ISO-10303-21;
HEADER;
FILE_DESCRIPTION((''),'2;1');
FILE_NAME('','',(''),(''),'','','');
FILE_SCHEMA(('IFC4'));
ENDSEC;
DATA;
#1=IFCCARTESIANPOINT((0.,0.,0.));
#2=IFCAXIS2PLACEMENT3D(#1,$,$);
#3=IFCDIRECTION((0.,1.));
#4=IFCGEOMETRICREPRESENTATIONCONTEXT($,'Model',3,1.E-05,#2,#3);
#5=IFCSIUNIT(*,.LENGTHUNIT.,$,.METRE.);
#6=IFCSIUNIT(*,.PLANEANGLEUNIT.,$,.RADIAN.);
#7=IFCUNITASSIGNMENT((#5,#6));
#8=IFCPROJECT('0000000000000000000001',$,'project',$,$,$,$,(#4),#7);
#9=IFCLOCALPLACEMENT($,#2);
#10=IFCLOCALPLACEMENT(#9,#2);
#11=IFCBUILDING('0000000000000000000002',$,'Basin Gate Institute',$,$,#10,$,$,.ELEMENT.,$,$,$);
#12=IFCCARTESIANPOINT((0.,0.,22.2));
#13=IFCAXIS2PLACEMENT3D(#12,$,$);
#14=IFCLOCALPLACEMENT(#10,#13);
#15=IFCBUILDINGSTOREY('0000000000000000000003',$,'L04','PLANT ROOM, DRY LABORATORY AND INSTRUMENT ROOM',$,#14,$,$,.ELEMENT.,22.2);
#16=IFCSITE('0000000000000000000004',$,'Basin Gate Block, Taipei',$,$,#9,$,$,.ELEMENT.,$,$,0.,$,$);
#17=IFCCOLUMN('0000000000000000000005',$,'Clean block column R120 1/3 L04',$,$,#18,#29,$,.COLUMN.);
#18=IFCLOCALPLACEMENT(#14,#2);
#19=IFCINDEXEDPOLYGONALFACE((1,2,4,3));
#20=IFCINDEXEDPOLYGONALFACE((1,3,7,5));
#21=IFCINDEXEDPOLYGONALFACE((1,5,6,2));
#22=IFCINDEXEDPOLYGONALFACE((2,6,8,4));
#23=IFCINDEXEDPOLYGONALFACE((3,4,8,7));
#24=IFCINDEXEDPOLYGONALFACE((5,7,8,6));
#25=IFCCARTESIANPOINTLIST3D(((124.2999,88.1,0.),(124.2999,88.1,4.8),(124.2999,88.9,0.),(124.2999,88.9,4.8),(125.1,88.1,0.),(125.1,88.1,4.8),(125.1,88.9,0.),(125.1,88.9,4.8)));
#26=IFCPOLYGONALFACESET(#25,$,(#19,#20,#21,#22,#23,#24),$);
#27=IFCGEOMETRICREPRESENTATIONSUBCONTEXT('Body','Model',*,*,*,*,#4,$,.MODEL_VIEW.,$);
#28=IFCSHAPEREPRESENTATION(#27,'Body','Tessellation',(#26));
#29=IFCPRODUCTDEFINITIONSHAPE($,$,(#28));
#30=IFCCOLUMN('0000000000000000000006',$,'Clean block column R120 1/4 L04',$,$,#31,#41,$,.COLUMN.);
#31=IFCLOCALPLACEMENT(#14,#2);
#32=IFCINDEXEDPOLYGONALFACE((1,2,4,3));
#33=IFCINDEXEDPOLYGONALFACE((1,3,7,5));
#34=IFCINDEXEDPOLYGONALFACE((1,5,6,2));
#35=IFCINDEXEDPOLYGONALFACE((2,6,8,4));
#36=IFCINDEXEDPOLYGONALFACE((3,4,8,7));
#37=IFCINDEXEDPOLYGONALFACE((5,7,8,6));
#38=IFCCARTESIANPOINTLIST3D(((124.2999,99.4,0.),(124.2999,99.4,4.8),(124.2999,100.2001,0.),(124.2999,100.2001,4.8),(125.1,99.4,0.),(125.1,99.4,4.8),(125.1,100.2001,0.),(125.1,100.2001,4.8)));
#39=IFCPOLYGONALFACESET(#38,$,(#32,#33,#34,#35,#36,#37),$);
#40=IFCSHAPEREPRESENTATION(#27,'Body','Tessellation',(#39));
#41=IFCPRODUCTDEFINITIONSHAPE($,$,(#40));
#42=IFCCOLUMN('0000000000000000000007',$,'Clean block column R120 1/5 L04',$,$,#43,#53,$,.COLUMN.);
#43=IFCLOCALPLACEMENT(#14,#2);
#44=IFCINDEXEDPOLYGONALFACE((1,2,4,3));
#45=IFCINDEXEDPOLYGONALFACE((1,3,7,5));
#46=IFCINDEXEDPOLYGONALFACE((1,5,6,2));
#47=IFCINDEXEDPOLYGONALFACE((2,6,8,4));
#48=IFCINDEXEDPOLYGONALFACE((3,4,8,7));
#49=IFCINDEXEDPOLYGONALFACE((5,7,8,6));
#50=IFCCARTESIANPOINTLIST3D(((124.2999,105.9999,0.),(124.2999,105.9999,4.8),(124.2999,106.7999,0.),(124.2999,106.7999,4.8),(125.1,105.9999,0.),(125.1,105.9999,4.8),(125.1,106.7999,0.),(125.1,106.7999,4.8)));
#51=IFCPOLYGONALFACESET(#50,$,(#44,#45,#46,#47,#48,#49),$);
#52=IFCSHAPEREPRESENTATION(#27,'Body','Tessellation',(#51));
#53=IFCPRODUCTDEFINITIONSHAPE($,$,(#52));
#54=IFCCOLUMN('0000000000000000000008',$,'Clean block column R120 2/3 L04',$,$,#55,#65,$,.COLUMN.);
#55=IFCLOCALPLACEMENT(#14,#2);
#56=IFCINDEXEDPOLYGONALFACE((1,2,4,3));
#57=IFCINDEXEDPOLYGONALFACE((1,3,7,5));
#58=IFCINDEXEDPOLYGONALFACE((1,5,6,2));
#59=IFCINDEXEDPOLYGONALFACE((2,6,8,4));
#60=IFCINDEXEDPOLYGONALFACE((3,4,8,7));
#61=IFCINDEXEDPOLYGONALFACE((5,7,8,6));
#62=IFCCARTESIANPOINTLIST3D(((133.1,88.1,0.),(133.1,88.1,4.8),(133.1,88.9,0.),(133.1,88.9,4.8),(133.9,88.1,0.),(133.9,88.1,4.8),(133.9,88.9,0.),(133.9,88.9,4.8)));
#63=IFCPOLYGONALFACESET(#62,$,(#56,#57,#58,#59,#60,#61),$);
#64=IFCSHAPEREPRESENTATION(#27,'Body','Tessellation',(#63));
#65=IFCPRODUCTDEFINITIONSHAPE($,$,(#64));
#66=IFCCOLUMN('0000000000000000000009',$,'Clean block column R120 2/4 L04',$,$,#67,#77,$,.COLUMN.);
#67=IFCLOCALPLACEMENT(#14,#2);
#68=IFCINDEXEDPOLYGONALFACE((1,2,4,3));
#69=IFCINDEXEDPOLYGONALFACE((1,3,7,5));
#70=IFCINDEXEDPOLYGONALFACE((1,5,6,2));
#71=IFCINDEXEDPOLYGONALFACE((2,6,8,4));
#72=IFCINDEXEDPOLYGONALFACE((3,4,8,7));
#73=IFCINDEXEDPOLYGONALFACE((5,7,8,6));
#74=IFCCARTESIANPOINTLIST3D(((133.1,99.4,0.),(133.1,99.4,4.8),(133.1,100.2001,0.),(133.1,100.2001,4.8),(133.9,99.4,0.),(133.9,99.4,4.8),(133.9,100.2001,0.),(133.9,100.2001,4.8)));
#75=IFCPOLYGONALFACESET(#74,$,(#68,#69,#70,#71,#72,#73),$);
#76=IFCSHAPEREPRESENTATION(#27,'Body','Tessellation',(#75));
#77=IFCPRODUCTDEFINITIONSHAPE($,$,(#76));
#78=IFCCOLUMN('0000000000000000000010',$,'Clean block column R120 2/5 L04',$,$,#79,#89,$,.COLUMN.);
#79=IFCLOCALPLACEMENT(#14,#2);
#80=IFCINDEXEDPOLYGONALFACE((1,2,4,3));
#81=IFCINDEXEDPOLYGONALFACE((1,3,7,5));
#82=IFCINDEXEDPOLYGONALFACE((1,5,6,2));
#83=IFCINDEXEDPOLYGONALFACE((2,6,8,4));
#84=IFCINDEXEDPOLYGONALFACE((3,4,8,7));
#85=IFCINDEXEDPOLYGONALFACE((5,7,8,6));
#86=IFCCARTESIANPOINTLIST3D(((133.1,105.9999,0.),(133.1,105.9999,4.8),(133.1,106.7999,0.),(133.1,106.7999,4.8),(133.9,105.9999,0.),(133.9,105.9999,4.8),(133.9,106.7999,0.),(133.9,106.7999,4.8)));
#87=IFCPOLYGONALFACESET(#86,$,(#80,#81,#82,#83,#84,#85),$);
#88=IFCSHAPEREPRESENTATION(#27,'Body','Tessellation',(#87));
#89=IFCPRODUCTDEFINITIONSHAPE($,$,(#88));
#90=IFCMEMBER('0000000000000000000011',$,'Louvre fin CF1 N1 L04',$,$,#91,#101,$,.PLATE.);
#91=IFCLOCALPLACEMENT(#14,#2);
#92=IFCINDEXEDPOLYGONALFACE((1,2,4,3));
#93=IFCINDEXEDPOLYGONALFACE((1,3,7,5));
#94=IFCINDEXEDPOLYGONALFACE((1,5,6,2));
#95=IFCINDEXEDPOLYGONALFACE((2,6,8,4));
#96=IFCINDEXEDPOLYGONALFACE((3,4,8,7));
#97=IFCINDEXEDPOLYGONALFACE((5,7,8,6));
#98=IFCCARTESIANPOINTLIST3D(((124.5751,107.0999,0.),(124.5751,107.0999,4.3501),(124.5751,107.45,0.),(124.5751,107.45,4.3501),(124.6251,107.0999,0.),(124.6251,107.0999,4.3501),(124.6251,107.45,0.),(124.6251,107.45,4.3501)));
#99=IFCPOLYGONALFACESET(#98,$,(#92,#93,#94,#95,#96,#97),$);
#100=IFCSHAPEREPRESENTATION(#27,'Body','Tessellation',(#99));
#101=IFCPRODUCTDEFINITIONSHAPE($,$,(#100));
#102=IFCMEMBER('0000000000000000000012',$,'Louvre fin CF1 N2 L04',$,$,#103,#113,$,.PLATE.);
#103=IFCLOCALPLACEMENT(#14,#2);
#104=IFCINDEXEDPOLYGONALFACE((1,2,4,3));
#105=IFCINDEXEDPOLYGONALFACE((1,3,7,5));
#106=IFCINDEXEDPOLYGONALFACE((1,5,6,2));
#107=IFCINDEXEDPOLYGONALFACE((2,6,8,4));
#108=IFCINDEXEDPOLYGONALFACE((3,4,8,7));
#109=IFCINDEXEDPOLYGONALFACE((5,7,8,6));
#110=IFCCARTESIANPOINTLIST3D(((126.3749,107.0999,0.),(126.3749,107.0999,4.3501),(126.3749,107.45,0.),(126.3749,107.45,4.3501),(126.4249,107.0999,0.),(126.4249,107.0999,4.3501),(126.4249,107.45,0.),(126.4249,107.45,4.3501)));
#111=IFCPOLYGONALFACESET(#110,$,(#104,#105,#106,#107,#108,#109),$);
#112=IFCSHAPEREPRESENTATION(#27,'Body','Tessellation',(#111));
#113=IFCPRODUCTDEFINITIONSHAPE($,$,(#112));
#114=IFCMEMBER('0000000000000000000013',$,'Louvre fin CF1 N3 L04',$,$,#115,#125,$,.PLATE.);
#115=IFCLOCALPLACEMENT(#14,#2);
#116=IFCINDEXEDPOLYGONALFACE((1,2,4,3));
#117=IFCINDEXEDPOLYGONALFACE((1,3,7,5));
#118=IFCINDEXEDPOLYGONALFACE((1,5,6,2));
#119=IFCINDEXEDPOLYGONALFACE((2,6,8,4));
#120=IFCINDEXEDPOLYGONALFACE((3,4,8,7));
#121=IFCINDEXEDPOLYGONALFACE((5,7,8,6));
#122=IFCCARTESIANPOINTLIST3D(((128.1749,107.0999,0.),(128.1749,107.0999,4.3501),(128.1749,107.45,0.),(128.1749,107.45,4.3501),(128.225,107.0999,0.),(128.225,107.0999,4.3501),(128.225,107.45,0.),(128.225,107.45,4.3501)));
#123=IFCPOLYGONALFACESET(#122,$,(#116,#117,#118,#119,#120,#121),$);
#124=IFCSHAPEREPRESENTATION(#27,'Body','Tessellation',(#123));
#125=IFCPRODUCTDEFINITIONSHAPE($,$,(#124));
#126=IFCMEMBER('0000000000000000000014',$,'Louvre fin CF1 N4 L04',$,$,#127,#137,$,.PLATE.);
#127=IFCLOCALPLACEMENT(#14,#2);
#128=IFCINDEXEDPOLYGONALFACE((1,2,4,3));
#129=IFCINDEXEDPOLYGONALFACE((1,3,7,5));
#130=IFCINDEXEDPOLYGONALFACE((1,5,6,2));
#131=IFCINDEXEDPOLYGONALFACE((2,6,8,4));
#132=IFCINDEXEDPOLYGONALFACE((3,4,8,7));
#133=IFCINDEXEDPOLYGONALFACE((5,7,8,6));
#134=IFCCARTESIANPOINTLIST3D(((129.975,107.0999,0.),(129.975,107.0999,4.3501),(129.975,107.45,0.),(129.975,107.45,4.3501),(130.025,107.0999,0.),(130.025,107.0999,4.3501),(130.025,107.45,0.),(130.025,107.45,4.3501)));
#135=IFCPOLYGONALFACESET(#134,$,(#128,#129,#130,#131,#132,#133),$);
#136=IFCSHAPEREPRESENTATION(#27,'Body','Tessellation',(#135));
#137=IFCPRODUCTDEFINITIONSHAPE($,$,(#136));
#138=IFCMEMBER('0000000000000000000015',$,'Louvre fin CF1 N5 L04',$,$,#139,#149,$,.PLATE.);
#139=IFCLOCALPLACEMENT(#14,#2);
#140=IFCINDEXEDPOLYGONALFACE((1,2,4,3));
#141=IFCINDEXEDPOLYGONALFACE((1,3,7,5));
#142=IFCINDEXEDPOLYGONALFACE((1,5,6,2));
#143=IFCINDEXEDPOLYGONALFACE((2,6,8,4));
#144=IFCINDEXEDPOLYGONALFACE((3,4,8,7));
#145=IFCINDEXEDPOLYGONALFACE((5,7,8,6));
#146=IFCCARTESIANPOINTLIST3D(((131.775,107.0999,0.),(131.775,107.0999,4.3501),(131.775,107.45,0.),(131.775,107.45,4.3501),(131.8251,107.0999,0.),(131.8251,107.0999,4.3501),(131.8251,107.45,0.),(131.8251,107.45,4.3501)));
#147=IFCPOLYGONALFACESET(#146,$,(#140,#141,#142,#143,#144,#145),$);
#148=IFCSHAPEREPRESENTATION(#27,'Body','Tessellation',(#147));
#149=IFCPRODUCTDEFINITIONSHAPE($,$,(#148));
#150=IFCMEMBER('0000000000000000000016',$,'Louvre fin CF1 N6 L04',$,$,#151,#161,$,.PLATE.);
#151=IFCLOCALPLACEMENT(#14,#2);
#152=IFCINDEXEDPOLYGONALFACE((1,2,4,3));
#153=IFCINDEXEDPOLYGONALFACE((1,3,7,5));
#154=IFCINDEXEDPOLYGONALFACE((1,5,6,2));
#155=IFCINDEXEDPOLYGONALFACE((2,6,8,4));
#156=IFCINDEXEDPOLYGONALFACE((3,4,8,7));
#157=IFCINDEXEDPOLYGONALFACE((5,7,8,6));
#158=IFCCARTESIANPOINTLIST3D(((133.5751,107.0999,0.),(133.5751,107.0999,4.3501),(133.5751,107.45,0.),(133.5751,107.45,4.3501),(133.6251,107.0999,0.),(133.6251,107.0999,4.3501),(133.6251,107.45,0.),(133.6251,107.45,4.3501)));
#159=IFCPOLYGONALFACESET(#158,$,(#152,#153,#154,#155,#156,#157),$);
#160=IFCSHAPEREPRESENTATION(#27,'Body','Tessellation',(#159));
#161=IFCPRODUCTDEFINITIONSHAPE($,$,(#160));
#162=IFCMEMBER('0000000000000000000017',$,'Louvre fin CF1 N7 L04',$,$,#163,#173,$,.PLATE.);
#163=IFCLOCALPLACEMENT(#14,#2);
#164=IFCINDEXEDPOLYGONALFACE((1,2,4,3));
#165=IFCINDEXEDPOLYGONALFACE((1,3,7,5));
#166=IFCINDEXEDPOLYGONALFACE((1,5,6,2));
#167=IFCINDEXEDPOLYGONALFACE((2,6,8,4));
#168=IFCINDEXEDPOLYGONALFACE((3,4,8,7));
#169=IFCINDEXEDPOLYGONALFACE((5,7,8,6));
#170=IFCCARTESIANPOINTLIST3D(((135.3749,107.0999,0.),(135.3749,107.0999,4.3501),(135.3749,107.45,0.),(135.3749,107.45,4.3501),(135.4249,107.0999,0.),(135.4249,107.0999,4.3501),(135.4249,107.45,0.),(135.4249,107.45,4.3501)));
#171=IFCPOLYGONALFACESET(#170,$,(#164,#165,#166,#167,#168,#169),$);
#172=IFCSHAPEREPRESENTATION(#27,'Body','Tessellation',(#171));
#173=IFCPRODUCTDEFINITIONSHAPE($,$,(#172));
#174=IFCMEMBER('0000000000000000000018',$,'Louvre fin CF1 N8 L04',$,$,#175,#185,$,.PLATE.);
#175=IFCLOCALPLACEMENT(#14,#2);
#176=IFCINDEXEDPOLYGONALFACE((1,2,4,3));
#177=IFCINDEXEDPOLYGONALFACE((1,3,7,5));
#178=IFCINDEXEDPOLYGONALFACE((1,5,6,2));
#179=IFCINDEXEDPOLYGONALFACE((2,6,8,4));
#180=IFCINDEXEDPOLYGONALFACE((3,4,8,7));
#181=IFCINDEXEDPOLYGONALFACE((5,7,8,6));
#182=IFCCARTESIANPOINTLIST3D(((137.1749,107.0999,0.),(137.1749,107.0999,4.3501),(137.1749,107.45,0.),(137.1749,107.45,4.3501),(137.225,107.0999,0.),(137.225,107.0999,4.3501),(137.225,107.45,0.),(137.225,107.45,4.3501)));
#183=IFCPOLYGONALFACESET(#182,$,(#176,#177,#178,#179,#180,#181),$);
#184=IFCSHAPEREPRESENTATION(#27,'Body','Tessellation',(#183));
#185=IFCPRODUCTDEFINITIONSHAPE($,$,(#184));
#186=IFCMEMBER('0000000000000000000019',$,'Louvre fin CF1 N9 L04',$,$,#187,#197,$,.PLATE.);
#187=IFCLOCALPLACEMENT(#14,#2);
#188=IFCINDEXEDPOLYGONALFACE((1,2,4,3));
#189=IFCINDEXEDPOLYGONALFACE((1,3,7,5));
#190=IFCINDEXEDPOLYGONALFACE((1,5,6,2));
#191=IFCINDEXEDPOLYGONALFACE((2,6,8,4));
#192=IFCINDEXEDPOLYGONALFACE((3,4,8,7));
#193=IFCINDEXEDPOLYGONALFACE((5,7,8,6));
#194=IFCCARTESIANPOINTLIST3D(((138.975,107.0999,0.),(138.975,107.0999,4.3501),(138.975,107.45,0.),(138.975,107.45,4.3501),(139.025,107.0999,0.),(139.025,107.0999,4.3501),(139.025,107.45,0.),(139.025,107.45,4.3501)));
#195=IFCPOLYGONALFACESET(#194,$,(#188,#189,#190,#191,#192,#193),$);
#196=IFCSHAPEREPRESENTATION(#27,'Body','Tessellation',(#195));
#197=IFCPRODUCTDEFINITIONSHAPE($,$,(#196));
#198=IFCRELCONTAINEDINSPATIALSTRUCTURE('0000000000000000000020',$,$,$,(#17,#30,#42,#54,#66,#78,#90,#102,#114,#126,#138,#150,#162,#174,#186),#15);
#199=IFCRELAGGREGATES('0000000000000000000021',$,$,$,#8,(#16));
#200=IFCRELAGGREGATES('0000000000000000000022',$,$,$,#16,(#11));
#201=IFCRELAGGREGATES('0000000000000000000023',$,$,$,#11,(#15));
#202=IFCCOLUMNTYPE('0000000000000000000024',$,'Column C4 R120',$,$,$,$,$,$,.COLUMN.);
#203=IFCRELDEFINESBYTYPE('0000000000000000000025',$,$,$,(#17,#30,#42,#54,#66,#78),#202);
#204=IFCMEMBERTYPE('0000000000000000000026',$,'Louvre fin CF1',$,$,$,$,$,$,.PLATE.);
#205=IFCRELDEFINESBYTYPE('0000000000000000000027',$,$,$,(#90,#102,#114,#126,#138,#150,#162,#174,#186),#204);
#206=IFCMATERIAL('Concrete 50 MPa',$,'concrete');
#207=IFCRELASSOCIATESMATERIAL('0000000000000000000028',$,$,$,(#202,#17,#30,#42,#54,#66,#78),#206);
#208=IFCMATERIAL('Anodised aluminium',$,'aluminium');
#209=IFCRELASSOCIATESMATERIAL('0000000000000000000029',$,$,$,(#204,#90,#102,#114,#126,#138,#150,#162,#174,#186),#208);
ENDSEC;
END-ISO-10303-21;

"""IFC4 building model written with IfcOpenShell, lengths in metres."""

from ifc_helpers import new_model, si_unit, direction, frame, origin, origin_2d, place, context, subcontext, project, spatial, rectangle, extrude, material, material_profile, profile_set, type_object, element, save


model = new_model("IFC4")

# Units and contexts
model_context = context("Model", 3, precision=1e-05, world=origin(), true_north=direction((0.0, 1.0)))
body_context = subcontext(model_context, "Body", "Model", "MODEL_VIEW")
ifc_project = project(units=[si_unit("LENGTHUNIT", "METRE"), si_unit("PLANEANGLEUNIT", "RADIAN")], contexts=[model_context])

# Site, building, storey
site_placement = place(None, origin())
site = spatial("IfcSite", under=ifc_project, at=site_placement, Name="Basin Gate Block, Taipei", CompositionType="ELEMENT", RefElevation=0.0)
building_placement = place(site_placement, origin())
building = spatial("IfcBuilding", under=site, at=building_placement, Name="Basin Gate Institute", CompositionType="ELEMENT")
storey_placement = place(building_placement, frame((0.0, 0.0, 22.2)))
storey = spatial("IfcBuildingStorey", under=building, at=storey_placement, Name="L04", Description="PLANT ROOM, DRY LABORATORY AND INSTRUMENT ROOM", CompositionType="ELEMENT", Elevation=22.2)

# Columns
ifc_material_1 = material(Name="Concrete 50 MPa", Category="concrete")
ifc_material_profile_1 = material_profile(ifc_material_1, rectangle(XDim=0.8, YDim=0.8, at=origin_2d()), Name="Column C4 800 x 800")
ifc_profile_set_1 = profile_set([ifc_material_profile_1], Name="Concrete 50 MPa")
column_type = type_object("IfcColumnType", Name="Column C4 R120", PredefinedType="COLUMN", material=ifc_profile_set_1)
for number, where, z_axis, x_axis, name in (
    (1, (124.7, 88.5, 0.0), (0.0, 0.0, 1.0), (1.0, 0.0, 0.0), "Clean block column R120 1/3 L04"),
    (2, (124.7, 99.8, 0.0), (0.0, 0.0, 1.0), (1.0, 0.0, 0.0), "Clean block column R120 1/4 L04"),
    (3, (124.7, 106.3999, 0.0), (0.0, 0.0, 1.0), (1.0, 0.0, 0.0), "Clean block column R120 1/5 L04"),
    (4, (133.5, 88.5, 0.0), (0.0, 0.0, 1.0), (1.0, 0.0, 0.0), "Clean block column R120 2/3 L04"),
    (5, (133.5, 99.8, 0.0), (0.0, 0.0, 1.0), (1.0, 0.0, 0.0), "Clean block column R120 2/4 L04"),
    (6, (133.5, 106.3999, 0.0), (0.0, 0.0, 1.0), (1.0, 0.0, 0.0), "Clean block column R120 2/5 L04"),
):
    element("IfcColumn", number, at=place(storey_placement, frame(where, z_axis=z_axis, x_axis=x_axis)), inside=storey, type_object=column_type, material=ifc_profile_set_1, Name=name, PredefinedType="COLUMN", context=body_context, shape_type="SweptSolid", body=[
        extrude(rectangle(XDim=0.8, YDim=0.8, at=origin_2d()), origin(), (0.0, 0.0, 1.0), 4.8),
    ])

# Members
ifc_material_2 = material(Name="Anodised aluminium", Category="aluminium")
ifc_material_profile_2 = material_profile(ifc_material_2, rectangle(XDim=0.05, YDim=0.3501, at=origin_2d()), Name="Louvre fin CF1 50 x 350")
ifc_profile_set_2 = profile_set([ifc_material_profile_2], Name="Anodised aluminium")
member_type = type_object("IfcMemberType", Name="Louvre fin CF1", PredefinedType="PLATE", material=ifc_profile_set_2)
for number, where, z_axis, x_axis, name in (
    (7, (124.6001, 107.2749, 0.0), (0.0, 0.0, 1.0), (1.0, 0.0, 0.0), "Louvre fin CF1 N1 L04"),
    (8, (126.3999, 107.2749, 0.0), (0.0, 0.0, 1.0), (1.0, 0.0, 0.0), "Louvre fin CF1 N2 L04"),
    (9, (128.2, 107.2749, 0.0), (0.0, 0.0, 1.0), (1.0, 0.0, 0.0), "Louvre fin CF1 N3 L04"),
    (10, (130.0, 107.2749, 0.0), (0.0, 0.0, 1.0), (1.0, 0.0, 0.0), "Louvre fin CF1 N4 L04"),
    (11, (131.8, 107.2749, 0.0), (0.0, 0.0, 1.0), (1.0, 0.0, 0.0), "Louvre fin CF1 N5 L04"),
    (12, (133.6001, 107.2749, 0.0), (0.0, 0.0, 1.0), (1.0, 0.0, 0.0), "Louvre fin CF1 N6 L04"),
    (13, (135.3999, 107.2749, 0.0), (0.0, 0.0, 1.0), (1.0, 0.0, 0.0), "Louvre fin CF1 N7 L04"),
    (14, (137.2, 107.2749, 0.0), (0.0, 0.0, 1.0), (1.0, 0.0, 0.0), "Louvre fin CF1 N8 L04"),
    (15, (139.0, 107.2749, 0.0), (0.0, 0.0, 1.0), (1.0, 0.0, 0.0), "Louvre fin CF1 N9 L04"),
):
    element("IfcMember", number, at=place(storey_placement, frame(where, z_axis=z_axis, x_axis=x_axis)), inside=storey, type_object=member_type, material=ifc_profile_set_2, Name=name, PredefinedType="PLATE", context=body_context, shape_type="SweptSolid", body=[
        extrude(rectangle(XDim=0.05, YDim=0.3501, at=origin_2d()), origin(), (0.0, 0.0, 1.0), 4.3501),
    ])

save(model, "model.ifc")
